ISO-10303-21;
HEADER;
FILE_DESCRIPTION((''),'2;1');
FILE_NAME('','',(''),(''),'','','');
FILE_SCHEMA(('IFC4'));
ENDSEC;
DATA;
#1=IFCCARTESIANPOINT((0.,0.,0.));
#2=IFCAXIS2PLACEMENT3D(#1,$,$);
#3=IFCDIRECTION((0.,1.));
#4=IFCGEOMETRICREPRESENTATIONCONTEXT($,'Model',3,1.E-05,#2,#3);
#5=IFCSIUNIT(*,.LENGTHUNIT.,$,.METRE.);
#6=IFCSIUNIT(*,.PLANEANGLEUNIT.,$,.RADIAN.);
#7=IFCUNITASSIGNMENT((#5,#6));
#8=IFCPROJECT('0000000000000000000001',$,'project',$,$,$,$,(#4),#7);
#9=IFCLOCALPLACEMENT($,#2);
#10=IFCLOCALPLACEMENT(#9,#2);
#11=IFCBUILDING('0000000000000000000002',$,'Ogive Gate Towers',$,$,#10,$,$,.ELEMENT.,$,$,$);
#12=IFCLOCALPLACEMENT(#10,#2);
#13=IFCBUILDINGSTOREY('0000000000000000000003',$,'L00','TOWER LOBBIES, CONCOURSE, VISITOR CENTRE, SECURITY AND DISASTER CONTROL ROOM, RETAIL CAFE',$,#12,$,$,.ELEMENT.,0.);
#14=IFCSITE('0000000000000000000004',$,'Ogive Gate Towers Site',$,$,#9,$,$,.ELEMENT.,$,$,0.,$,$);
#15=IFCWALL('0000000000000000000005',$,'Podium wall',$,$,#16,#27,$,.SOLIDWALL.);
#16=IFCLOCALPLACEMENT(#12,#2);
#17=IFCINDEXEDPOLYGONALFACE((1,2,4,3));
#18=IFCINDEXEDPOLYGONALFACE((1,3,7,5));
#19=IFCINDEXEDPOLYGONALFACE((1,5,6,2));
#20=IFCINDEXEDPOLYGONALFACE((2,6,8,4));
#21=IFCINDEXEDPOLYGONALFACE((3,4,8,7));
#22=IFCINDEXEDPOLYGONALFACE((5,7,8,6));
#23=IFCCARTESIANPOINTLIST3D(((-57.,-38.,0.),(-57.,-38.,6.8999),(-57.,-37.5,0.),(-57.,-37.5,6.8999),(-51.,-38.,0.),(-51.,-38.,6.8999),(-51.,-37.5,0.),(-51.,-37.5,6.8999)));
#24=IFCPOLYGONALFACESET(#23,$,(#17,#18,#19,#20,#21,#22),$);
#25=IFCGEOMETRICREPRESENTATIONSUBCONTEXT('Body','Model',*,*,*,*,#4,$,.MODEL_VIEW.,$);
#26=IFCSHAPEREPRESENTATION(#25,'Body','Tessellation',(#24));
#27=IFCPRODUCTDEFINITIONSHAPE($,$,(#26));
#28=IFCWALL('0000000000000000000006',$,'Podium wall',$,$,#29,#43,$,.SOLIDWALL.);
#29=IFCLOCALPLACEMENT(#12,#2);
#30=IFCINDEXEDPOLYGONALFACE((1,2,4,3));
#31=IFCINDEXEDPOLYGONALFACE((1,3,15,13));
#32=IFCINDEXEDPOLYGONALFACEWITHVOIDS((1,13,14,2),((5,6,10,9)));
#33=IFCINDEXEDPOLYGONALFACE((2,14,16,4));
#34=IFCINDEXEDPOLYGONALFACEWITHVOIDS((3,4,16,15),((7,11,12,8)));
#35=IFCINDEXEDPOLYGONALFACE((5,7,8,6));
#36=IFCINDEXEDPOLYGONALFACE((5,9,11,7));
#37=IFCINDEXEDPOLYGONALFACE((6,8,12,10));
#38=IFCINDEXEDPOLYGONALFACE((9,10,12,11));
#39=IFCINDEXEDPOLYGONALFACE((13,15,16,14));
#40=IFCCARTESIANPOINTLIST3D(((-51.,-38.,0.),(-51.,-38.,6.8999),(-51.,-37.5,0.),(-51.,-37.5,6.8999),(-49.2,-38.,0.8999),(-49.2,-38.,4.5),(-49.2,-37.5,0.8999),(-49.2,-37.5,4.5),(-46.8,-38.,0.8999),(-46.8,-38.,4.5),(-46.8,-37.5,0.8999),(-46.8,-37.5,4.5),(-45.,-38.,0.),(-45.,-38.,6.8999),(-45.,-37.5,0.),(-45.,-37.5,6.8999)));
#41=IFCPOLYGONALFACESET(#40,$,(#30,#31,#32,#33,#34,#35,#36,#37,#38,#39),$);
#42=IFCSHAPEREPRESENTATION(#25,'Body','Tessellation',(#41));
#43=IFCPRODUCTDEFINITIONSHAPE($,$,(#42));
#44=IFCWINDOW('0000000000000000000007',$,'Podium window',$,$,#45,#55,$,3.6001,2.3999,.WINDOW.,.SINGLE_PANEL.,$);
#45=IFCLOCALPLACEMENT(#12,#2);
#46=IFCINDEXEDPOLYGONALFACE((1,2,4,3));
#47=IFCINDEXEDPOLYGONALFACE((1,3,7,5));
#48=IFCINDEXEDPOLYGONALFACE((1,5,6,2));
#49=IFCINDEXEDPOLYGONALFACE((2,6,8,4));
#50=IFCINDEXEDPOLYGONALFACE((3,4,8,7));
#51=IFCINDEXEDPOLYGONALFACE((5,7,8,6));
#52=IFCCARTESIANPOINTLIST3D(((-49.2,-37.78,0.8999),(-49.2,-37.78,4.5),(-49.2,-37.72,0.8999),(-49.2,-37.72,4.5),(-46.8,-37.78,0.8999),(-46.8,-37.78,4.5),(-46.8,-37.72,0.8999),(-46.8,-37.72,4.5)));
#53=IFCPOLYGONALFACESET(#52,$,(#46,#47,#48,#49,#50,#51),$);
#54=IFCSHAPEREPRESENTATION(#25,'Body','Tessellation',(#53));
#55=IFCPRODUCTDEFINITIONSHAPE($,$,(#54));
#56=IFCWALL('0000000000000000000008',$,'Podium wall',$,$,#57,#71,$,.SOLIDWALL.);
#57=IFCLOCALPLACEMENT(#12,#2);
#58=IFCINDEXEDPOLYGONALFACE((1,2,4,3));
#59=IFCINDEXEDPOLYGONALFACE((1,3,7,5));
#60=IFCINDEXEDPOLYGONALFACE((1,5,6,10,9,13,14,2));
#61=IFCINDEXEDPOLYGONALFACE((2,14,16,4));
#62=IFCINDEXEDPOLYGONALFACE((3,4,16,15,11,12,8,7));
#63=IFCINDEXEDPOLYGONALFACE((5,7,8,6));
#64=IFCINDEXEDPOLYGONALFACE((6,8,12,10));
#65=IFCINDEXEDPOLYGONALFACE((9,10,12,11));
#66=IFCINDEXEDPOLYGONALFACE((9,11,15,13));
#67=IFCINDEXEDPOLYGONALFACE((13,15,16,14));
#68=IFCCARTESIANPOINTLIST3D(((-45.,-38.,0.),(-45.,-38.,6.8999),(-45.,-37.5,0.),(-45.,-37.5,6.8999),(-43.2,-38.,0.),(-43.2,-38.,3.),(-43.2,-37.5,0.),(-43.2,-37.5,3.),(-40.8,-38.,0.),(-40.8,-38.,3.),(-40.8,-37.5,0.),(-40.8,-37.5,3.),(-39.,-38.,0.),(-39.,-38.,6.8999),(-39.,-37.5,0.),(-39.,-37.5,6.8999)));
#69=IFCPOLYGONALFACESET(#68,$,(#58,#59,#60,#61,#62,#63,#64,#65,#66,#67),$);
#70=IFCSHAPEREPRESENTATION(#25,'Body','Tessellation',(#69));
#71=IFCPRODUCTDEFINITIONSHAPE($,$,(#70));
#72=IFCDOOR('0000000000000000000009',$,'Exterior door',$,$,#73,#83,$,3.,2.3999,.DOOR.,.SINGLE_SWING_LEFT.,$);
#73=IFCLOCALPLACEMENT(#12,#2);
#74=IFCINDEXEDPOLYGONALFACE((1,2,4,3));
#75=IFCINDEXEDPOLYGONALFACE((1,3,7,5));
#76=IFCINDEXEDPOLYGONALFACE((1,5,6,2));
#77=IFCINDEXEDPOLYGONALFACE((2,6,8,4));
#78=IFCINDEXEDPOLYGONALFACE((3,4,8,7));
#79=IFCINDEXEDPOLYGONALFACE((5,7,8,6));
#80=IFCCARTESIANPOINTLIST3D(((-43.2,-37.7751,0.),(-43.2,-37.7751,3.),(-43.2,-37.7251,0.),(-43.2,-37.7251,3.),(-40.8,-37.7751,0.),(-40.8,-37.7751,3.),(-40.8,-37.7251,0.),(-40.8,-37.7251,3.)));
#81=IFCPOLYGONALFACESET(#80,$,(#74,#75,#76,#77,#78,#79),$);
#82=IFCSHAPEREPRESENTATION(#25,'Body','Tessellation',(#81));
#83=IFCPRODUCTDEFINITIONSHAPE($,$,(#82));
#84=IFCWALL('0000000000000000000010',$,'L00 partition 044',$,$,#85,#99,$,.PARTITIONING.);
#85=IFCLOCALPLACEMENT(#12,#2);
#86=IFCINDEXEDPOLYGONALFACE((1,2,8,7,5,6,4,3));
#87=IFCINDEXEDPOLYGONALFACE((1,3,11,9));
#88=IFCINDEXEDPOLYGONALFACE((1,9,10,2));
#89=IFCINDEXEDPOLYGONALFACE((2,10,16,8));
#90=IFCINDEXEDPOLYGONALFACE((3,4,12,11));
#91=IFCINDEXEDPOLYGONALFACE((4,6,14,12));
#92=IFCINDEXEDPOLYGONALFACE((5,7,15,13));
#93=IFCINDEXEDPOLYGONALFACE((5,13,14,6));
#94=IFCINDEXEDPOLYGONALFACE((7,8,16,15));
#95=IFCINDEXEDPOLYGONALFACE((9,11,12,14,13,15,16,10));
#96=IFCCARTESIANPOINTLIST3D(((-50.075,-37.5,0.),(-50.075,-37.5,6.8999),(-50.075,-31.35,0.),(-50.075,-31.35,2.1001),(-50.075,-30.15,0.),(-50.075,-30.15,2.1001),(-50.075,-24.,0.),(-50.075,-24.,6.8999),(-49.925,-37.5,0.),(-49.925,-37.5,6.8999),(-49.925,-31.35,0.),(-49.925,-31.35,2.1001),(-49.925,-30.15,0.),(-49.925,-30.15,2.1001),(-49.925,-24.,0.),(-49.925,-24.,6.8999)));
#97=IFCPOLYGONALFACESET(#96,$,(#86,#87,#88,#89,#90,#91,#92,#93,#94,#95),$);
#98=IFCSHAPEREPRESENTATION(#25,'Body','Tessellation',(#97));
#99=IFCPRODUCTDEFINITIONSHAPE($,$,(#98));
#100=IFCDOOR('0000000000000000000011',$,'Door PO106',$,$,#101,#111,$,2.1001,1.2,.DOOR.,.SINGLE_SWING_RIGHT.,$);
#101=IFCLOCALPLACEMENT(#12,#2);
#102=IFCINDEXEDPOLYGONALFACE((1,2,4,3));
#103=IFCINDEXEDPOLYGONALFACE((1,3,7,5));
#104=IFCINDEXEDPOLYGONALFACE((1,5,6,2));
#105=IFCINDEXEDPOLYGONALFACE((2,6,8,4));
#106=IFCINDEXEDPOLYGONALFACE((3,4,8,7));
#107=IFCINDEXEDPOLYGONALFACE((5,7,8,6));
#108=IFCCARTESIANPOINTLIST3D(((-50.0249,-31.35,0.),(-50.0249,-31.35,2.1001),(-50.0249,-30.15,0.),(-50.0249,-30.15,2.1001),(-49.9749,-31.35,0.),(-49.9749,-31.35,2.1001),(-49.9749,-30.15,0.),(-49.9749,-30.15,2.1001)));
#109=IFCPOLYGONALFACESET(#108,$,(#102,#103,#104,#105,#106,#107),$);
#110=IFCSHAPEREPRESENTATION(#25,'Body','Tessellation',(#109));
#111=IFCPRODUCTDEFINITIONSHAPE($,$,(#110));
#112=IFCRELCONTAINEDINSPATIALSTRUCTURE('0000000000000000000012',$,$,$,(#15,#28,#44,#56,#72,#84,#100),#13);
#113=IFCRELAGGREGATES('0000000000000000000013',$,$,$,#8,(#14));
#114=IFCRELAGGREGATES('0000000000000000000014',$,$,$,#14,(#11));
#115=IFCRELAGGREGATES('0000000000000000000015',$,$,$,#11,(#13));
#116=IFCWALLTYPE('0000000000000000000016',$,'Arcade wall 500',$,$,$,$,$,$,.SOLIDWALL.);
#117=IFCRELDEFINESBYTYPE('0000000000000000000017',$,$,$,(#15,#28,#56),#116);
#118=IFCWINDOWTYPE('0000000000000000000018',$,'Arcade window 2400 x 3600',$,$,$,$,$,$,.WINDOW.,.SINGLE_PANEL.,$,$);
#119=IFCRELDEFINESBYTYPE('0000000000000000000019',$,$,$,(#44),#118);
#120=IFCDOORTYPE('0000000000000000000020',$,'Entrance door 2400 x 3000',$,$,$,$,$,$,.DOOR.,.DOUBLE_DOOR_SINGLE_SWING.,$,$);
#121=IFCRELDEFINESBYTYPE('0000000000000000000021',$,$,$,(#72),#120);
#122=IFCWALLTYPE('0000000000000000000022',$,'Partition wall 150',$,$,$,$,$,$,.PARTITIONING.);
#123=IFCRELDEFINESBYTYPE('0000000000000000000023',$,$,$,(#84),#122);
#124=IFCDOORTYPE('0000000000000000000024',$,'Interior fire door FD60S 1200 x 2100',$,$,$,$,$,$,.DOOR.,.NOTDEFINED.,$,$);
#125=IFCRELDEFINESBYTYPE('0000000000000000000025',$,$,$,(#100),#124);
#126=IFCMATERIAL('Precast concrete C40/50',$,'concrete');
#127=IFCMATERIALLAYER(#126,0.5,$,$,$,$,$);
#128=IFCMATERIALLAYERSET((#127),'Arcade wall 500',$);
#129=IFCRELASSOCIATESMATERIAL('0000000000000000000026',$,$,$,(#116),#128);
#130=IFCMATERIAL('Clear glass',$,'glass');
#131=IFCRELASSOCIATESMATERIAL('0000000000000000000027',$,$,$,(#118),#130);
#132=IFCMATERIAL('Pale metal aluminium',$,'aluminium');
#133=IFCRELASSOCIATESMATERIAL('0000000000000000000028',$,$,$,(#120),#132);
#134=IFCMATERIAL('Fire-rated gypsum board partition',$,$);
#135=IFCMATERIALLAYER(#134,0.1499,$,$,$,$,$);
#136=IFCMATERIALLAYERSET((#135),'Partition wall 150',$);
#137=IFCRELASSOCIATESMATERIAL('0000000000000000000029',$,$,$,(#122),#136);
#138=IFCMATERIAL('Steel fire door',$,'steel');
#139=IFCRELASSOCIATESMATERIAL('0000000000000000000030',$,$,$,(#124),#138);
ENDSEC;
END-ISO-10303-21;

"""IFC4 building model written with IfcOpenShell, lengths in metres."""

from ifc_helpers import new_model, si_unit, direction, frame, frame_2d, origin, place, context, subcontext, project, spatial, rectangle, extrude, material, layer, layer_set, type_object, element, fill, save


model = new_model("IFC4")

# Units and contexts
model_context = context("Model", 3, precision=1e-05, world=origin(), true_north=direction((0.0, 1.0)))
body_context = subcontext(model_context, "Body", "Model", "MODEL_VIEW")
ifc_project = project(units=[si_unit("LENGTHUNIT", "METRE"), si_unit("PLANEANGLEUNIT", "RADIAN")], contexts=[model_context])

# Site, building, storey
site_placement = place(None, origin())
site = spatial("IfcSite", under=ifc_project, at=site_placement, Name="Ogive Gate Towers Site", CompositionType="ELEMENT", RefElevation=0.0)
building_placement = place(site_placement, origin())
building = spatial("IfcBuilding", under=site, at=building_placement, Name="Ogive Gate Towers", CompositionType="ELEMENT")
storey_placement = place(building_placement, origin())
storey = spatial("IfcBuildingStorey", under=building, at=storey_placement, Name="L00", Description="TOWER LOBBIES, CONCOURSE, VISITOR CENTRE, SECURITY AND DISASTER CONTROL ROOM, RETAIL CAFE", CompositionType="ELEMENT", Elevation=0.0)

# Shared definitions
ifc_material_1 = material(Name="Pale metal aluminium", Category="aluminium")
ifc_material_2 = material(Name="Clear glass", Category="glass")

# Wall
ifc_material_3 = material(Name="Precast concrete C40/50", Category="concrete")
ifc_layer_1 = layer(ifc_material_3, 0.5)
ifc_layer_set_1 = layer_set([ifc_layer_1], Name="Arcade wall 500")
wall_type_1 = type_object("IfcWallType", Name="Arcade wall 500", PredefinedType="SOLIDWALL", material=ifc_layer_set_1)
wall_1_placement = place(storey_placement, frame((-57.0, -37.75, 0.0), z_axis=(0.0, 0.0, 1.0), x_axis=(1.0, 0.0, 0.0)))
element("IfcWall", 1, at=wall_1_placement, inside=storey, type_object=wall_type_1, Name="Podium wall", PredefinedType="SOLIDWALL", context=body_context, shape_type="SweptSolid", body=[
    extrude(rectangle(XDim=6.0, YDim=0.5, at=frame_2d((3.0, 0.0))), origin(), (0.0, 0.0, 1.0), 6.8999),
])

# Wall, opening, window
wall_2_placement = place(storey_placement, frame((-51.0, -37.75, 0.0), z_axis=(0.0, 0.0, 1.0), x_axis=(1.0, 0.0, 0.0)))
wall_2 = element("IfcWall", 2, at=wall_2_placement, inside=storey, type_object=wall_type_1, Name="Podium wall", PredefinedType="SOLIDWALL", context=body_context, shape_type="SweptSolid", body=[
    extrude(rectangle(XDim=6.0, YDim=0.5, at=frame_2d((3.0, 0.0))), origin(), (0.0, 0.0, 1.0), 6.8999),
])
opening_1_placement = place(wall_2_placement, frame((1.8, 0.0, 0.8999)))
opening_1 = element("IfcOpeningElement", 3, at=opening_1_placement, cuts=wall_2, PredefinedType="OPENING", context=body_context, shape_type="SweptSolid", body=[
    extrude(rectangle(XDim=2.3999, YDim=3.6001, at=frame_2d((1.2, 1.8))), frame((0.0, 0.26, 0.0), z_axis=(0.0, -1.0, 0.0), x_axis=(1.0, 0.0, 0.0)), (0.0, 0.0, 1.0), 0.52),
])
window_type = type_object("IfcWindowType", Name="Arcade window 2400 x 3600", PartitioningType="SINGLE_PANEL", PredefinedType="WINDOW", material=ifc_material_2)
window_placement = place(opening_1_placement, origin())
window = element("IfcWindow", 4, at=window_placement, inside=storey, type_object=window_type, Name="Podium window", OverallHeight=3.6001, OverallWidth=2.3999, PartitioningType="SINGLE_PANEL", PredefinedType="WINDOW", context=body_context, shape_type="SweptSolid", body=[
    extrude(rectangle(XDim=2.3999, YDim=3.6001, at=frame_2d((1.2, 1.8))), frame((0.0, 0.03, 0.0), z_axis=(0.0, -1.0, 0.0), x_axis=(1.0, 0.0, 0.0)), (0.0, 0.0, 1.0), 0.0601),
])
fill(opening_1, window)

# Walls, openings, doors
wall_3_placement = place(storey_placement, frame((-45.0, -37.75, 0.0), z_axis=(0.0, 0.0, 1.0), x_axis=(1.0, 0.0, 0.0)))
wall_3 = element("IfcWall", 5, at=wall_3_placement, inside=storey, type_object=wall_type_1, Name="Podium wall", PredefinedType="SOLIDWALL", context=body_context, shape_type="SweptSolid", body=[
    extrude(rectangle(XDim=6.0, YDim=0.5, at=frame_2d((3.0, 0.0))), origin(), (0.0, 0.0, 1.0), 6.8999),
])
opening_2_placement = place(wall_3_placement, frame((1.8, 0.0, 0.0)))
opening_2 = element("IfcOpeningElement", 6, at=opening_2_placement, cuts=wall_3, PredefinedType="OPENING", context=body_context, shape_type="SweptSolid", body=[
    extrude(rectangle(XDim=2.3999, YDim=3.0, at=frame_2d((1.2, 1.5))), frame((0.0, 0.26, 0.0), z_axis=(0.0, -1.0, 0.0), x_axis=(1.0, 0.0, 0.0)), (0.0, 0.0, 1.0), 0.52),
])
door_type_1 = type_object("IfcDoorType", Name="Entrance door 2400 x 3000", OperationType="DOUBLE_DOOR_SINGLE_SWING", PredefinedType="DOOR", material=ifc_material_1)
door_1_placement = place(opening_2_placement, origin())
door_1 = element("IfcDoor", 7, at=door_1_placement, inside=storey, type_object=door_type_1, Name="Exterior door", OperationType="SINGLE_SWING_LEFT", OverallHeight=3.0, OverallWidth=2.3999, PredefinedType="DOOR", context=body_context, shape_type="SweptSolid", body=[
    extrude(rectangle(XDim=2.3999, YDim=3.0, at=frame_2d((1.2, 1.5))), frame((0.0, 0.0249, 0.0), z_axis=(0.0, -1.0, 0.0), x_axis=(1.0, 0.0, 0.0)), (0.0, 0.0, 1.0), 0.05),
])
fill(opening_2, door_1)
ifc_material_4 = material(Name="Fire-rated gypsum board partition")
ifc_layer_2 = layer(ifc_material_4, 0.1499)
ifc_layer_set_2 = layer_set([ifc_layer_2], Name="Partition wall 150")
wall_type_2 = type_object("IfcWallType", Name="Partition wall 150", PredefinedType="PARTITIONING", material=ifc_layer_set_2)
wall_4_placement = place(storey_placement, frame((-50.0, -37.5, 0.0), z_axis=(0.0, 0.0, 1.0), x_axis=(0.0, 1.0, 0.0)))
wall_4 = element("IfcWall", 8, at=wall_4_placement, inside=storey, type_object=wall_type_2, Name="L00 partition 044", PredefinedType="PARTITIONING", context=body_context, shape_type="SweptSolid", body=[
    extrude(rectangle(XDim=13.5, YDim=0.1499, at=frame_2d((6.75, 0.0))), origin(), (0.0, 0.0, 1.0), 6.8999),
])
opening_3_placement = place(wall_4_placement, frame((6.1499, 0.0, 0.0)))
opening_3 = element("IfcOpeningElement", 9, at=opening_3_placement, cuts=wall_4, PredefinedType="OPENING", context=body_context, shape_type="SweptSolid", body=[
    extrude(rectangle(XDim=1.2, YDim=2.1001, at=frame_2d((0.6001, 1.05))), frame((0.0, 0.085, 0.0), z_axis=(0.0, -1.0, 0.0), x_axis=(1.0, 0.0, 0.0)), (0.0, 0.0, 1.0), 0.1699),
])
ifc_material_5 = material(Name="Steel fire door", Category="steel")
door_type_2 = type_object("IfcDoorType", Name="Interior fire door FD60S 1200 x 2100", OperationType="NOTDEFINED", PredefinedType="DOOR", material=ifc_material_5)
door_2_placement = place(opening_3_placement, origin())
door_2 = element("IfcDoor", 10, at=door_2_placement, inside=storey, type_object=door_type_2, Name="Door PO106", OperationType="SINGLE_SWING_RIGHT", OverallHeight=2.1001, OverallWidth=1.2, PredefinedType="DOOR", context=body_context, shape_type="SweptSolid", body=[
    extrude(rectangle(XDim=1.2, YDim=2.1001, at=frame_2d((0.6001, 1.05))), frame((0.0, 0.0249, 0.0), z_axis=(0.0, -1.0, 0.0), x_axis=(1.0, 0.0, 0.0)), (0.0, 0.0, 1.0), 0.05),
])
fill(opening_3, door_2)

save(model, "model.ifc")
